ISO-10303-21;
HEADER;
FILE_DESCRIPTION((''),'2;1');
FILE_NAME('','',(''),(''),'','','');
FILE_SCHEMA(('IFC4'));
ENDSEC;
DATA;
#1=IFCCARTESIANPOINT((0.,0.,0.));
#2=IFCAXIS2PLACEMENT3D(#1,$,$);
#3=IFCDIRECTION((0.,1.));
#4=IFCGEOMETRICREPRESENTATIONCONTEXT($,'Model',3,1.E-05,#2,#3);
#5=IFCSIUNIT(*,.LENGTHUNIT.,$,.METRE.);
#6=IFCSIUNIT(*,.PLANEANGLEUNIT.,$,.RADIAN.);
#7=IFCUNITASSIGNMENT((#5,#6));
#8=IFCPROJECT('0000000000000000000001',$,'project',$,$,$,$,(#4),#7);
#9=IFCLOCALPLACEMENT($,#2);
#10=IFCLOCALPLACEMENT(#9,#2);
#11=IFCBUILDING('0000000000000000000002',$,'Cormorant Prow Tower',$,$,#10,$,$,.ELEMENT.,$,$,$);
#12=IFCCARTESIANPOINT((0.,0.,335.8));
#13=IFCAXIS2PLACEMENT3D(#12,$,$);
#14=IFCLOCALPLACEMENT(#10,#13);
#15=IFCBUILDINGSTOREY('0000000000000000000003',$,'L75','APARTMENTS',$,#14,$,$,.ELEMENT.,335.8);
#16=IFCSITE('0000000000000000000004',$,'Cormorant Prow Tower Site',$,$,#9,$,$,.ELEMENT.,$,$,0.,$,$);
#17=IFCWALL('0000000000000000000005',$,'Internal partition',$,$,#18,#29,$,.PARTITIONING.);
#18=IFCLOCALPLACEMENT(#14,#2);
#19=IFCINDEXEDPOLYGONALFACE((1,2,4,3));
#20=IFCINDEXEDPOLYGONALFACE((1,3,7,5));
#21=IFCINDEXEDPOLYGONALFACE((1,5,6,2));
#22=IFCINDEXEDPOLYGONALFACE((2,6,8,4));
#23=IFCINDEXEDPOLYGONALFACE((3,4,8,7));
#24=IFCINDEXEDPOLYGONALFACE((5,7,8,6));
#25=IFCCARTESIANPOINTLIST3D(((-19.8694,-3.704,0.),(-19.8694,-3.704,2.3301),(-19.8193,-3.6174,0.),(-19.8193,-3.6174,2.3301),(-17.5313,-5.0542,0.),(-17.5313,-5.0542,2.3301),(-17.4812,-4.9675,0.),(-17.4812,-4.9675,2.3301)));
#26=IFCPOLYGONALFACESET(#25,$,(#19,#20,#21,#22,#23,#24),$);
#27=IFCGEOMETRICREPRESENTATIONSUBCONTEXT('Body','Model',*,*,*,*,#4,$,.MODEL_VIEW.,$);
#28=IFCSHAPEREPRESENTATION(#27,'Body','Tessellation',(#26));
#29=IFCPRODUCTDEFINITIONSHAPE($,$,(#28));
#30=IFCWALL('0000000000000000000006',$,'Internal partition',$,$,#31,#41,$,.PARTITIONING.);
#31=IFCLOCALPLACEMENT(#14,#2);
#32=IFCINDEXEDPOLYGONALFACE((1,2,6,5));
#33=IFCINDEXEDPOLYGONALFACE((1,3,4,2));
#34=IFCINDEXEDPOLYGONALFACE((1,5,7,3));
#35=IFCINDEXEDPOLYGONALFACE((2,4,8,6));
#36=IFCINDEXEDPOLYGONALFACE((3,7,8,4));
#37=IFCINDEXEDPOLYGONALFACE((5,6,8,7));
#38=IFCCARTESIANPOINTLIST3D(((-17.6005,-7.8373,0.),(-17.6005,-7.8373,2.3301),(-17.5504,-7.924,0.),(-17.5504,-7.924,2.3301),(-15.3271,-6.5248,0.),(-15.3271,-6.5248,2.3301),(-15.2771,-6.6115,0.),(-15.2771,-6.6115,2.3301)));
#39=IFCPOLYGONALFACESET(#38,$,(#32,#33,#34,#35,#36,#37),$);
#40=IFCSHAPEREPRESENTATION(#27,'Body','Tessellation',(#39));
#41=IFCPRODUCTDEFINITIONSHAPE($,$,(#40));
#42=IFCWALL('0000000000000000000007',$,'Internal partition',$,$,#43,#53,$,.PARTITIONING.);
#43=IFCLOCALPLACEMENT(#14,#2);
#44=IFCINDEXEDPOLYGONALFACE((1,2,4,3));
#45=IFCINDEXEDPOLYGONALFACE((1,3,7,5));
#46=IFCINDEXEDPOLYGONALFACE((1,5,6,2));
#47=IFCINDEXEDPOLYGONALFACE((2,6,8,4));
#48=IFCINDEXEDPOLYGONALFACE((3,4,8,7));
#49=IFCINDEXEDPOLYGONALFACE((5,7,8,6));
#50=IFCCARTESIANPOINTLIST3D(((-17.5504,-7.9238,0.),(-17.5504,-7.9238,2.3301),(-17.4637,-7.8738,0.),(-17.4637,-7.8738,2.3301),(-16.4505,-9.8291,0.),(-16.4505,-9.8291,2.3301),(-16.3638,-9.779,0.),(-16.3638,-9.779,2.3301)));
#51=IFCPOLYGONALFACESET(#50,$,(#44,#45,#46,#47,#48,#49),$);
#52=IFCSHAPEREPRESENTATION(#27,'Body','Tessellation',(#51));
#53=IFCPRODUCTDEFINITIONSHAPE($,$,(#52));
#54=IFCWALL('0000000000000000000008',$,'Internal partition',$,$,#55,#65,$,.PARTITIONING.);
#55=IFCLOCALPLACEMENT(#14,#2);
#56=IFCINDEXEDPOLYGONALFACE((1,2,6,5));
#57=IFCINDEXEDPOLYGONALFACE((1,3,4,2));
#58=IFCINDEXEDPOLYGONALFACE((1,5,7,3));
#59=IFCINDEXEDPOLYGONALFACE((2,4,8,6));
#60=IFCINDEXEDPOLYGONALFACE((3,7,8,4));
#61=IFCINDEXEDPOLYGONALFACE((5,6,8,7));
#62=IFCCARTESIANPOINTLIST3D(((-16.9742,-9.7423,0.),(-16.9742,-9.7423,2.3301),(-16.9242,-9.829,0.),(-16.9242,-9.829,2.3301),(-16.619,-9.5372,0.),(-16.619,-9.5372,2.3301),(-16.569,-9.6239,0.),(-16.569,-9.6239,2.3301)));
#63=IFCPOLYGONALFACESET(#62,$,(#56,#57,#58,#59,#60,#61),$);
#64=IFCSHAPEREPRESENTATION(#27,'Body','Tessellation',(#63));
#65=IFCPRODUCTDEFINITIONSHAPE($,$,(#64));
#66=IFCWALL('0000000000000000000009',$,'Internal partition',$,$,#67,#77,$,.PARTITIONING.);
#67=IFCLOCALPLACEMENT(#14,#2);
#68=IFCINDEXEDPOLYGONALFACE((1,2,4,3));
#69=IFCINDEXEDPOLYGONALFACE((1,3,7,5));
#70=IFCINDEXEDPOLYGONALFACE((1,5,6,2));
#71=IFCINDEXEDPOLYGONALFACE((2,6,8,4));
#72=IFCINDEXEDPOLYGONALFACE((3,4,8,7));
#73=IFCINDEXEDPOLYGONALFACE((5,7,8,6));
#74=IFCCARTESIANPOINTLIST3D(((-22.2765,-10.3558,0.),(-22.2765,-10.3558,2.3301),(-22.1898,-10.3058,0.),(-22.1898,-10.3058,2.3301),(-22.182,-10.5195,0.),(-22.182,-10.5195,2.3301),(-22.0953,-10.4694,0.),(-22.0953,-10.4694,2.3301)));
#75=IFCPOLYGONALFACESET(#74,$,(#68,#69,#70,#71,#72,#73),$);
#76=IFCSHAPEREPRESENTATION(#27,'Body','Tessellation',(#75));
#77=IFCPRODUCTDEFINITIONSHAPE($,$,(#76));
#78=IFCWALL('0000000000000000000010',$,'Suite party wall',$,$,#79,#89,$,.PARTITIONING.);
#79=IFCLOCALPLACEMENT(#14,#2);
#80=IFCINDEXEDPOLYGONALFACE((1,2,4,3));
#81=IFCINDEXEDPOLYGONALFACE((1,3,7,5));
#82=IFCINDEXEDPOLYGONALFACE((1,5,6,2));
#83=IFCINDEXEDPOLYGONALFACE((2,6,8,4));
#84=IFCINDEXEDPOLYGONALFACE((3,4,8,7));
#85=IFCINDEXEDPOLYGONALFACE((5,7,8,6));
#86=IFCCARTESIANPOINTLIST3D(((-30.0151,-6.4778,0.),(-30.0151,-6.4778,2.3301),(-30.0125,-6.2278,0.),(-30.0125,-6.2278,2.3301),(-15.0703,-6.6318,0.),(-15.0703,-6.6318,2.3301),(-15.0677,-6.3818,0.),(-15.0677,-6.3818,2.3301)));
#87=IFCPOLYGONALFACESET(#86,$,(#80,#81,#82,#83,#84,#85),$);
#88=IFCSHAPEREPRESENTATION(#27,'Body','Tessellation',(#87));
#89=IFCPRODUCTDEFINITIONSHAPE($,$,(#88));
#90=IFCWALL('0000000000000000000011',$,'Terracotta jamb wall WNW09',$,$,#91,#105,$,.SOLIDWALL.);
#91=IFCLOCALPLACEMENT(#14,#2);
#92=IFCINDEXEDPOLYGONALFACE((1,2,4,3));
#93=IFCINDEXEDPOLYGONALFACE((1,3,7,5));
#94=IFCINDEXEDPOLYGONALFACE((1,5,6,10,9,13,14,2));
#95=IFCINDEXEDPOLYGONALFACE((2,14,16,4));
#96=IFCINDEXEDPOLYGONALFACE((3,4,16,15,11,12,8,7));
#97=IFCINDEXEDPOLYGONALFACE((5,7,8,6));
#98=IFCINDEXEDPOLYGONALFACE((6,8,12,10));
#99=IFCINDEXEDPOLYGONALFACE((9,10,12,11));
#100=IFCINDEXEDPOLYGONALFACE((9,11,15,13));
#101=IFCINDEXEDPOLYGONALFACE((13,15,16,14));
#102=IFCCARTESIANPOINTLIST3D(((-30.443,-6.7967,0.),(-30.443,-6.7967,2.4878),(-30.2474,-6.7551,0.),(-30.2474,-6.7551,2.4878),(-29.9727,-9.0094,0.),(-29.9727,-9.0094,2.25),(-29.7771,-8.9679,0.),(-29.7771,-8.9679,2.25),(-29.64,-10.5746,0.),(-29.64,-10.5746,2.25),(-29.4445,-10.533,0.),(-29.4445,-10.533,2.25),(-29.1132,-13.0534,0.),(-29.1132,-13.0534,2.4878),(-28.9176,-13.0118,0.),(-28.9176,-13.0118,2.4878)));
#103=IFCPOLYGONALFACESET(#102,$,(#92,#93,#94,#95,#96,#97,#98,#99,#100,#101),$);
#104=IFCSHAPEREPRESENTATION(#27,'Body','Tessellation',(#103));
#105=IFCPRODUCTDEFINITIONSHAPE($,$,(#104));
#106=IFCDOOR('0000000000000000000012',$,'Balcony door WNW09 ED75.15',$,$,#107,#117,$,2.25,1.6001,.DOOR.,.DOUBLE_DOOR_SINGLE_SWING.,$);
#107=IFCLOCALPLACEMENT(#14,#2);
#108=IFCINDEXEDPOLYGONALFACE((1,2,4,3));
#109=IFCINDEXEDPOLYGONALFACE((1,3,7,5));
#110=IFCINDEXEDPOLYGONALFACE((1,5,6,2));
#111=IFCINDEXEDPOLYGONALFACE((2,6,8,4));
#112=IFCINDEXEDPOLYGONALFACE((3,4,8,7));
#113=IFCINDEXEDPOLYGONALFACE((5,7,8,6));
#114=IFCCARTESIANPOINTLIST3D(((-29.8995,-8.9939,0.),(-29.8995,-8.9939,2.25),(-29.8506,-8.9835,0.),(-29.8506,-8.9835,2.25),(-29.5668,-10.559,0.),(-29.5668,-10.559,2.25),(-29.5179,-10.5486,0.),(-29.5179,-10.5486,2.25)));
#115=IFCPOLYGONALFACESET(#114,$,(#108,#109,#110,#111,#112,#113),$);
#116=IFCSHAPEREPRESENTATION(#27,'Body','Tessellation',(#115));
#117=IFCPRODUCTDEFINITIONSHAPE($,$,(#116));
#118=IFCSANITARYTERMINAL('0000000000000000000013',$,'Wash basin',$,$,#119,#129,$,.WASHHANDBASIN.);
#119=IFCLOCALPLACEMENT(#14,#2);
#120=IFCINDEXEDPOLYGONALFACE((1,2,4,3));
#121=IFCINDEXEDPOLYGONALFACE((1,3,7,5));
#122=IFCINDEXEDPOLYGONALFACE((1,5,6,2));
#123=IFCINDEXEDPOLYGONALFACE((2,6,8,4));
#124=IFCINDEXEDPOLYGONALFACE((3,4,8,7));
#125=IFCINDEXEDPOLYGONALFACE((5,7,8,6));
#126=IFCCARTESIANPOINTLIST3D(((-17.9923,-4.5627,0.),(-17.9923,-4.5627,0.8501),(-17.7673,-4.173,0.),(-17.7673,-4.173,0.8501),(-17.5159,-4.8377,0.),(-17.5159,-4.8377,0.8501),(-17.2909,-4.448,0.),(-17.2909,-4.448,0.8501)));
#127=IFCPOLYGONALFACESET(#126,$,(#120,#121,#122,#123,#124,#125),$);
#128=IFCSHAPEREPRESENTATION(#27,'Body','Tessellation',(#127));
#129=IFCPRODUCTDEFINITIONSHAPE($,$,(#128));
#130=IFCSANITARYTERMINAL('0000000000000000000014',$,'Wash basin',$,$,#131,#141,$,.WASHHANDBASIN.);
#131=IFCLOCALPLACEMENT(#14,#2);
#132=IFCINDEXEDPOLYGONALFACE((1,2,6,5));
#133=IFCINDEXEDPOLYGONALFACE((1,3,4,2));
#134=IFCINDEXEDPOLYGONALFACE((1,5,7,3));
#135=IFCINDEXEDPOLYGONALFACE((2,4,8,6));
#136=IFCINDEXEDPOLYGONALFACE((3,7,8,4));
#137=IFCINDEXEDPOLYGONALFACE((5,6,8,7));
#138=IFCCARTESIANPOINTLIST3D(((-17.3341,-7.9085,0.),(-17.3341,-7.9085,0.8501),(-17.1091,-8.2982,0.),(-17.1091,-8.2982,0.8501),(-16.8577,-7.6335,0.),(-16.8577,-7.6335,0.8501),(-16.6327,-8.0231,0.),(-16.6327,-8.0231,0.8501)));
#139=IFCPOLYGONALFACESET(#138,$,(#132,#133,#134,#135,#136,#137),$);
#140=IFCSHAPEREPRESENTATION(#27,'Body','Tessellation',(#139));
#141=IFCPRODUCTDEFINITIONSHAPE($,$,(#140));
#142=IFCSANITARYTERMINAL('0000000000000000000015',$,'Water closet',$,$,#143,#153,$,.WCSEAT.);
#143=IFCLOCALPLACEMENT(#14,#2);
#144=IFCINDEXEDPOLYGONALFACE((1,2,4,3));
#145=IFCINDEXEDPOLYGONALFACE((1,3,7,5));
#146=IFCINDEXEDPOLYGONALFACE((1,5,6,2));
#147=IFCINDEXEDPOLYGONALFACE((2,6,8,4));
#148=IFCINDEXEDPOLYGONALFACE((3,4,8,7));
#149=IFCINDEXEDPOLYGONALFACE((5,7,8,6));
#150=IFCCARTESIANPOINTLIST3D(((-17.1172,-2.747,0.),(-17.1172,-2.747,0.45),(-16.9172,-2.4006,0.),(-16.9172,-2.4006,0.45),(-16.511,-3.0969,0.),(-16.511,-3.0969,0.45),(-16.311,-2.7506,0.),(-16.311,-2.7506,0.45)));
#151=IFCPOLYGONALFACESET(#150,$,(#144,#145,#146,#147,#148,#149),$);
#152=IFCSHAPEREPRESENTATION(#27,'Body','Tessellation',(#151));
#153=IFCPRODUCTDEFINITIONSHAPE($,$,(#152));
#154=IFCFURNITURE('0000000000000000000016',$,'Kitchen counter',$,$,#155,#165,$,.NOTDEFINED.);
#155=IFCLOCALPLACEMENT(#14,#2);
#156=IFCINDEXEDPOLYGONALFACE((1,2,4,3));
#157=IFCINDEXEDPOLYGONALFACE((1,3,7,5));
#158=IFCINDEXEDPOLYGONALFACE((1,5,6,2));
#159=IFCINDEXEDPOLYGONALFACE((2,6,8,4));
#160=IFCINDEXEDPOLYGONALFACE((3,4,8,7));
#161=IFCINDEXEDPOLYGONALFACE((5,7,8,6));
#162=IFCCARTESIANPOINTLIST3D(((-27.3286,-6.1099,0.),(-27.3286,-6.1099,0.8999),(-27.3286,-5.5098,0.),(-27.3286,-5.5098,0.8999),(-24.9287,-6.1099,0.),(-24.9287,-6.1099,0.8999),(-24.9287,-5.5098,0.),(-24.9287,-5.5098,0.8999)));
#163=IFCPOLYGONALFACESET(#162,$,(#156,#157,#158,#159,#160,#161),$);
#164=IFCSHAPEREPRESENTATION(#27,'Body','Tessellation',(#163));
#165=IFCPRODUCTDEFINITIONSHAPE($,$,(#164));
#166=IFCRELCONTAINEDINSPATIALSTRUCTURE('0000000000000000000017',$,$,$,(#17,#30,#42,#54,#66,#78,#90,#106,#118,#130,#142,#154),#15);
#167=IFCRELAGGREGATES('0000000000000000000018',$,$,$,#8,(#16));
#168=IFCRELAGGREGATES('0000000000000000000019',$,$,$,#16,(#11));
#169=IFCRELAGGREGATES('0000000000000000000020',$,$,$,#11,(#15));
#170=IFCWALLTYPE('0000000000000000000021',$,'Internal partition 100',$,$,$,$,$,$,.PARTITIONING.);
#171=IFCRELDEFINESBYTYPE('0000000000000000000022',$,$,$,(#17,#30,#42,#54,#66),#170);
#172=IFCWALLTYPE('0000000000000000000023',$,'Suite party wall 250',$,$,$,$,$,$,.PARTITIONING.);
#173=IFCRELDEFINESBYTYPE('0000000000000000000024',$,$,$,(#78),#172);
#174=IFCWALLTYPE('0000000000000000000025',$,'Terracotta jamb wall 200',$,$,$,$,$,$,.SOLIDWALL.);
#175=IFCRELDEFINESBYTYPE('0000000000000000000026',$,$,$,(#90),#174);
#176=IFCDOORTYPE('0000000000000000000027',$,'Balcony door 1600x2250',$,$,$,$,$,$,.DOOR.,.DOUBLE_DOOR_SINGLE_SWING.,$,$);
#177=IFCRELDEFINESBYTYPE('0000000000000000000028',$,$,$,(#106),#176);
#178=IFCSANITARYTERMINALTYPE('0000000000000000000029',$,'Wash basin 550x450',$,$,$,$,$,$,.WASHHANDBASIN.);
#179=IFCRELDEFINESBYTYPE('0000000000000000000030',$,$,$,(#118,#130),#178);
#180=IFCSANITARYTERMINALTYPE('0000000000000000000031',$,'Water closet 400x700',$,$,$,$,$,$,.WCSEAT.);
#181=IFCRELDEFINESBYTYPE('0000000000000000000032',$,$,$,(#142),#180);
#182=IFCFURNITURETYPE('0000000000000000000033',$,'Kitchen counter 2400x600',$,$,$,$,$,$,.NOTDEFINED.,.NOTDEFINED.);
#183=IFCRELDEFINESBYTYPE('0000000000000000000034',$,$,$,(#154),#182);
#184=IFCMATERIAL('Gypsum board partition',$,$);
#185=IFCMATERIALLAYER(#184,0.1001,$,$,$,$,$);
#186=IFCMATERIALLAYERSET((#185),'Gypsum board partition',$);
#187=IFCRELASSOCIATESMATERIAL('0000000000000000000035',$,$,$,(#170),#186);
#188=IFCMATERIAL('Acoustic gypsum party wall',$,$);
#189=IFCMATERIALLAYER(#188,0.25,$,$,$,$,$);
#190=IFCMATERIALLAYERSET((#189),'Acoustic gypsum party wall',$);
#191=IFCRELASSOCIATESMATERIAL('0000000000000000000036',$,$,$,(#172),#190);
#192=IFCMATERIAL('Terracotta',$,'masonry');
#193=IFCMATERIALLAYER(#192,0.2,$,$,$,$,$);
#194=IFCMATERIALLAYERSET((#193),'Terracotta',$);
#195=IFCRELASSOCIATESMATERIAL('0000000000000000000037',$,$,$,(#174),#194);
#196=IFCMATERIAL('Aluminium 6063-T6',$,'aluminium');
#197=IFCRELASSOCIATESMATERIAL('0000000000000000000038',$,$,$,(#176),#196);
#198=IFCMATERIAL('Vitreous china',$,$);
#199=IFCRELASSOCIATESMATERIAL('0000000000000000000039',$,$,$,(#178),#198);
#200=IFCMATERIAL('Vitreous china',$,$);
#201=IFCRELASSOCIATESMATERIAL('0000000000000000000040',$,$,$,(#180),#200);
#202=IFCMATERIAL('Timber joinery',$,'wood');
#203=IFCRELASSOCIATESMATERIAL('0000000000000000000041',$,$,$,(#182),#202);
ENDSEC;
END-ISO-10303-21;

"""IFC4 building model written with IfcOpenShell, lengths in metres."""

from ifc_helpers import new_model, si_unit, direction, frame, frame_2d, origin, origin_2d, place, context, subcontext, project, spatial, rectangle, extrude, material, layer, layer_set, type_object, element, fill, save


model = new_model("IFC4")

# Units and contexts
model_context = context("Model", 3, precision=1e-05, world=origin(), true_north=direction((0.0, 1.0)))
body_context = subcontext(model_context, "Body", "Model", "MODEL_VIEW")
ifc_project = project(units=[si_unit("LENGTHUNIT", "METRE"), si_unit("PLANEANGLEUNIT", "RADIAN")], contexts=[model_context])

# Site, building, storey
site_placement = place(None, origin())
site = spatial("IfcSite", under=ifc_project, at=site_placement, Name="Cormorant Prow Tower Site", CompositionType="ELEMENT", RefElevation=0.0)
building_placement = place(site_placement, origin())
building = spatial("IfcBuilding", under=site, at=building_placement, Name="Cormorant Prow Tower", CompositionType="ELEMENT")
storey_placement = place(building_placement, frame((0.0, 0.0, 335.8)))
storey = spatial("IfcBuildingStorey", under=building, at=storey_placement, Name="L75", Description="APARTMENTS", CompositionType="ELEMENT", Elevation=335.8)

# Shared definitions
ifc_material_1 = material(Name="Gypsum board partition")
ifc_layer_1 = layer(ifc_material_1, 0.1001)
ifc_layer_set_1 = layer_set([ifc_layer_1], Name="Gypsum board partition")
wall_type_1 = type_object("IfcWallType", Name="Internal partition 100", PredefinedType="PARTITIONING", material=ifc_layer_set_1)

# Walls
wall_1_placement = place(storey_placement, frame((-19.8445, -3.6606, 0.0), z_axis=(0.0, 0.0, 1.0), x_axis=(0.865997, -0.500049, 0.0)))
element("IfcWall", 1, at=wall_1_placement, inside=storey, type_object=wall_type_1, Name="Internal partition", PredefinedType="PARTITIONING", context=body_context, shape_type="SweptSolid", body=[
    extrude(rectangle(XDim=2.7, YDim=0.1001, at=frame_2d((1.3501, 0.0))), origin(), (0.0, 0.0, 1.0), 2.3301),
])
wall_2_placement = place(storey_placement, frame((-17.5754, -7.8806, 0.0), z_axis=(0.0, 0.0, 1.0), x_axis=(0.866037, 0.49998, 0.0)))
element("IfcWall", 2, at=wall_2_placement, inside=storey, type_object=wall_type_1, Name="Internal partition", PredefinedType="PARTITIONING", context=body_context, shape_type="SweptSolid", body=[
    extrude(rectangle(XDim=2.625, YDim=0.1001, at=frame_2d((1.3125, 0.0))), origin(), (0.0, 0.0, 1.0), 2.3301),
])
wall_3_placement = place(storey_placement, frame((-17.5071, -7.8987, 0.0), z_axis=(0.0, 0.0, 1.0), x_axis=(0.499947, -0.866056, 0.0)))
element("IfcWall", 3, at=wall_3_placement, inside=storey, type_object=wall_type_1, Name="Internal partition", PredefinedType="PARTITIONING", context=body_context, shape_type="SweptSolid", body=[
    extrude(rectangle(XDim=2.2, YDim=0.1001, at=frame_2d((1.1001, 0.0))), origin(), (0.0, 0.0, 1.0), 2.3301),
])
wall_4_placement = place(storey_placement, frame((-16.9492, -9.7856, 0.0), z_axis=(0.0, 0.0, 1.0), x_axis=(0.866037, 0.49998, 0.0)))
element("IfcWall", 4, at=wall_4_placement, inside=storey, type_object=wall_type_1, Name="Internal partition", PredefinedType="PARTITIONING", context=body_context, shape_type="SweptSolid", body=[
    extrude(rectangle(XDim=0.4102, YDim=0.1001, at=frame_2d((0.2051, 0.0))), origin(), (0.0, 0.0, 1.0), 2.3301),
])
wall_5_placement = place(storey_placement, frame((-22.2332, -10.3308, 0.0), z_axis=(0.0, 0.0, 1.0), x_axis=(0.50017, -0.865927, 0.0)))
element("IfcWall", 5, at=wall_5_placement, inside=storey, type_object=wall_type_1, Name="Internal partition", PredefinedType="PARTITIONING", context=body_context, shape_type="SweptSolid", body=[
    extrude(rectangle(XDim=0.189, YDim=0.1001, at=frame_2d((0.0945, 0.0))), origin(), (0.0, 0.0, 1.0), 2.3301),
])
ifc_material_2 = material(Name="Acoustic gypsum party wall")
ifc_layer_2 = layer(ifc_material_2, 0.25)
ifc_layer_set_2 = layer_set([ifc_layer_2], Name="Acoustic gypsum party wall")
wall_type_2 = type_object("IfcWallType", Name="Suite party wall 250", PredefinedType="PARTITIONING", material=ifc_layer_set_2)
wall_6_placement = place(storey_placement, frame((-30.0137, -6.3528, 0.0), z_axis=(0.0, 0.0, 1.0), x_axis=(0.999947, -0.010308, 0.0)))
element("IfcWall", 6, at=wall_6_placement, inside=storey, type_object=wall_type_2, Name="Suite party wall", PredefinedType="PARTITIONING", context=body_context, shape_type="SweptSolid", body=[
    extrude(rectangle(XDim=14.9456, YDim=0.25, at=frame_2d((7.4727, 0.0))), origin(), (0.0, 0.0, 1.0), 2.3301),
])

# Wall, opening, door
ifc_material_3 = material(Name="Terracotta", Category="masonry")
ifc_layer_3 = layer(ifc_material_3, 0.2)
ifc_layer_set_3 = layer_set([ifc_layer_3], Name="Terracotta")
wall_type_3 = type_object("IfcWallType", Name="Terracotta jamb wall 200", PredefinedType="SOLIDWALL", material=ifc_layer_set_3)
wall_7_placement = place(storey_placement, frame((-30.3452, -6.7759, 0.0), z_axis=(0.0, 0.0, 1.0), x_axis=(0.207897, -0.978151, 0.0)))
wall_7 = element("IfcWall", 7, at=wall_7_placement, inside=storey, type_object=wall_type_3, Name="Terracotta jamb wall WNW09", PredefinedType="SOLIDWALL", context=body_context, shape_type="SweptSolid", body=[
    extrude(rectangle(XDim=6.3965, YDim=0.2, at=frame_2d((3.1982, 0.0))), origin(), (0.0, 0.0, 1.0), 2.4878),
])
opening_1_placement = place(wall_7_placement, frame((2.2622, 0.0, 0.0)))
opening_1 = element("IfcOpeningElement", 8, at=opening_1_placement, cuts=wall_7, PredefinedType="OPENING", context=body_context, shape_type="SweptSolid", body=[
    extrude(rectangle(XDim=1.6001, YDim=2.25, at=frame_2d((0.8, 1.125))), frame((0.0, 0.1099, 0.0), z_axis=(0.0, -1.0, 0.0), x_axis=(1.0, 0.0, 0.0)), (0.0, 0.0, 1.0), 0.22),
])
ifc_material_4 = material(Name="Aluminium 6063-T6", Category="aluminium")
door_type_1 = type_object("IfcDoorType", Name="Balcony door 1600x2250", OperationType="DOUBLE_DOOR_SINGLE_SWING", PredefinedType="DOOR", material=ifc_material_4)
door_1_placement = place(opening_1_placement, origin())
door_1 = element("IfcDoor", 9, at=door_1_placement, inside=storey, type_object=door_type_1, Name="Balcony door WNW09 ED75.15", OperationType="DOUBLE_DOOR_SINGLE_SWING", OverallHeight=2.25, OverallWidth=1.6001, PredefinedType="DOOR", context=body_context, shape_type="SweptSolid", body=[
    extrude(rectangle(XDim=1.6001, YDim=2.25, at=frame_2d((0.8, 1.125))), frame((0.0, 0.0249, 0.0), z_axis=(0.0, -1.0, 0.0), x_axis=(1.0, 0.0, 0.0)), (0.0, 0.0, 1.0), 0.05),
])
fill(opening_1, door_1)

# Sanitary terminals
ifc_material_5 = material(Name="Vitreous china")
sanitary_terminal_type_1 = type_object("IfcSanitaryTerminalType", Name="Wash basin 550x450", PredefinedType="WASHHANDBASIN", material=ifc_material_5)
for number, where, z_axis, x_axis, name in (
    (10, (-17.6416, -4.5054, 0.0), (0.0, 0.0, 1.0), (-0.866025, 0.5, 0.0), "Wash basin"),
    (11, (-16.9834, -7.9658, 0.0), (0.0, 0.0, 1.0), (0.866025, 0.5, 0.0), "Wash basin"),
):
    element("IfcSanitaryTerminal", number, at=place(storey_placement, frame(where, z_axis=z_axis, x_axis=x_axis)), inside=storey, type_object=sanitary_terminal_type_1, Name=name, PredefinedType="WASHHANDBASIN", context=body_context, shape_type="SweptSolid", body=[
        extrude(rectangle(XDim=0.55, YDim=0.45, at=origin_2d()), origin(), (0.0, 0.0, 1.0), 0.8501),
    ])
ifc_material_6 = material(Name="Vitreous china")
sanitary_terminal_type_2 = type_object("IfcSanitaryTerminalType", Name="Water closet 400x700", PredefinedType="WCSEAT", material=ifc_material_6)
sanitary_terminal_placement = place(storey_placement, frame((-16.7141, -2.7488, 0.0), z_axis=(0.0, 0.0, 1.0), x_axis=(-0.5, -0.866025, 0.0)))
element("IfcSanitaryTerminal", 12, at=sanitary_terminal_placement, inside=storey, type_object=sanitary_terminal_type_2, Name="Water closet", PredefinedType="WCSEAT", context=body_context, shape_type="SweptSolid", body=[
    extrude(rectangle(XDim=0.3999, YDim=0.7, at=origin_2d()), origin(), (0.0, 0.0, 1.0), 0.45),
])

# Furniture
ifc_material_7 = material(Name="Timber joinery", Category="wood")
furniture_type = type_object("IfcFurnitureType", Name="Kitchen counter 2400x600", AssemblyPlace="NOTDEFINED", PredefinedType="NOTDEFINED", material=ifc_material_7)
furniture_placement = place(storey_placement, frame((-26.1287, -5.8098, 0.0), z_axis=(0.0, 0.0, 1.0), x_axis=(1.0, 0.0, 0.0)))
element("IfcFurniture", 13, at=furniture_placement, inside=storey, type_object=furniture_type, Name="Kitchen counter", PredefinedType="NOTDEFINED", context=body_context, shape_type="SweptSolid", body=[
    extrude(rectangle(XDim=2.3999, YDim=0.6001, at=origin_2d()), origin(), (0.0, 0.0, 1.0), 0.8999),
])

save(model, "model.ifc")
